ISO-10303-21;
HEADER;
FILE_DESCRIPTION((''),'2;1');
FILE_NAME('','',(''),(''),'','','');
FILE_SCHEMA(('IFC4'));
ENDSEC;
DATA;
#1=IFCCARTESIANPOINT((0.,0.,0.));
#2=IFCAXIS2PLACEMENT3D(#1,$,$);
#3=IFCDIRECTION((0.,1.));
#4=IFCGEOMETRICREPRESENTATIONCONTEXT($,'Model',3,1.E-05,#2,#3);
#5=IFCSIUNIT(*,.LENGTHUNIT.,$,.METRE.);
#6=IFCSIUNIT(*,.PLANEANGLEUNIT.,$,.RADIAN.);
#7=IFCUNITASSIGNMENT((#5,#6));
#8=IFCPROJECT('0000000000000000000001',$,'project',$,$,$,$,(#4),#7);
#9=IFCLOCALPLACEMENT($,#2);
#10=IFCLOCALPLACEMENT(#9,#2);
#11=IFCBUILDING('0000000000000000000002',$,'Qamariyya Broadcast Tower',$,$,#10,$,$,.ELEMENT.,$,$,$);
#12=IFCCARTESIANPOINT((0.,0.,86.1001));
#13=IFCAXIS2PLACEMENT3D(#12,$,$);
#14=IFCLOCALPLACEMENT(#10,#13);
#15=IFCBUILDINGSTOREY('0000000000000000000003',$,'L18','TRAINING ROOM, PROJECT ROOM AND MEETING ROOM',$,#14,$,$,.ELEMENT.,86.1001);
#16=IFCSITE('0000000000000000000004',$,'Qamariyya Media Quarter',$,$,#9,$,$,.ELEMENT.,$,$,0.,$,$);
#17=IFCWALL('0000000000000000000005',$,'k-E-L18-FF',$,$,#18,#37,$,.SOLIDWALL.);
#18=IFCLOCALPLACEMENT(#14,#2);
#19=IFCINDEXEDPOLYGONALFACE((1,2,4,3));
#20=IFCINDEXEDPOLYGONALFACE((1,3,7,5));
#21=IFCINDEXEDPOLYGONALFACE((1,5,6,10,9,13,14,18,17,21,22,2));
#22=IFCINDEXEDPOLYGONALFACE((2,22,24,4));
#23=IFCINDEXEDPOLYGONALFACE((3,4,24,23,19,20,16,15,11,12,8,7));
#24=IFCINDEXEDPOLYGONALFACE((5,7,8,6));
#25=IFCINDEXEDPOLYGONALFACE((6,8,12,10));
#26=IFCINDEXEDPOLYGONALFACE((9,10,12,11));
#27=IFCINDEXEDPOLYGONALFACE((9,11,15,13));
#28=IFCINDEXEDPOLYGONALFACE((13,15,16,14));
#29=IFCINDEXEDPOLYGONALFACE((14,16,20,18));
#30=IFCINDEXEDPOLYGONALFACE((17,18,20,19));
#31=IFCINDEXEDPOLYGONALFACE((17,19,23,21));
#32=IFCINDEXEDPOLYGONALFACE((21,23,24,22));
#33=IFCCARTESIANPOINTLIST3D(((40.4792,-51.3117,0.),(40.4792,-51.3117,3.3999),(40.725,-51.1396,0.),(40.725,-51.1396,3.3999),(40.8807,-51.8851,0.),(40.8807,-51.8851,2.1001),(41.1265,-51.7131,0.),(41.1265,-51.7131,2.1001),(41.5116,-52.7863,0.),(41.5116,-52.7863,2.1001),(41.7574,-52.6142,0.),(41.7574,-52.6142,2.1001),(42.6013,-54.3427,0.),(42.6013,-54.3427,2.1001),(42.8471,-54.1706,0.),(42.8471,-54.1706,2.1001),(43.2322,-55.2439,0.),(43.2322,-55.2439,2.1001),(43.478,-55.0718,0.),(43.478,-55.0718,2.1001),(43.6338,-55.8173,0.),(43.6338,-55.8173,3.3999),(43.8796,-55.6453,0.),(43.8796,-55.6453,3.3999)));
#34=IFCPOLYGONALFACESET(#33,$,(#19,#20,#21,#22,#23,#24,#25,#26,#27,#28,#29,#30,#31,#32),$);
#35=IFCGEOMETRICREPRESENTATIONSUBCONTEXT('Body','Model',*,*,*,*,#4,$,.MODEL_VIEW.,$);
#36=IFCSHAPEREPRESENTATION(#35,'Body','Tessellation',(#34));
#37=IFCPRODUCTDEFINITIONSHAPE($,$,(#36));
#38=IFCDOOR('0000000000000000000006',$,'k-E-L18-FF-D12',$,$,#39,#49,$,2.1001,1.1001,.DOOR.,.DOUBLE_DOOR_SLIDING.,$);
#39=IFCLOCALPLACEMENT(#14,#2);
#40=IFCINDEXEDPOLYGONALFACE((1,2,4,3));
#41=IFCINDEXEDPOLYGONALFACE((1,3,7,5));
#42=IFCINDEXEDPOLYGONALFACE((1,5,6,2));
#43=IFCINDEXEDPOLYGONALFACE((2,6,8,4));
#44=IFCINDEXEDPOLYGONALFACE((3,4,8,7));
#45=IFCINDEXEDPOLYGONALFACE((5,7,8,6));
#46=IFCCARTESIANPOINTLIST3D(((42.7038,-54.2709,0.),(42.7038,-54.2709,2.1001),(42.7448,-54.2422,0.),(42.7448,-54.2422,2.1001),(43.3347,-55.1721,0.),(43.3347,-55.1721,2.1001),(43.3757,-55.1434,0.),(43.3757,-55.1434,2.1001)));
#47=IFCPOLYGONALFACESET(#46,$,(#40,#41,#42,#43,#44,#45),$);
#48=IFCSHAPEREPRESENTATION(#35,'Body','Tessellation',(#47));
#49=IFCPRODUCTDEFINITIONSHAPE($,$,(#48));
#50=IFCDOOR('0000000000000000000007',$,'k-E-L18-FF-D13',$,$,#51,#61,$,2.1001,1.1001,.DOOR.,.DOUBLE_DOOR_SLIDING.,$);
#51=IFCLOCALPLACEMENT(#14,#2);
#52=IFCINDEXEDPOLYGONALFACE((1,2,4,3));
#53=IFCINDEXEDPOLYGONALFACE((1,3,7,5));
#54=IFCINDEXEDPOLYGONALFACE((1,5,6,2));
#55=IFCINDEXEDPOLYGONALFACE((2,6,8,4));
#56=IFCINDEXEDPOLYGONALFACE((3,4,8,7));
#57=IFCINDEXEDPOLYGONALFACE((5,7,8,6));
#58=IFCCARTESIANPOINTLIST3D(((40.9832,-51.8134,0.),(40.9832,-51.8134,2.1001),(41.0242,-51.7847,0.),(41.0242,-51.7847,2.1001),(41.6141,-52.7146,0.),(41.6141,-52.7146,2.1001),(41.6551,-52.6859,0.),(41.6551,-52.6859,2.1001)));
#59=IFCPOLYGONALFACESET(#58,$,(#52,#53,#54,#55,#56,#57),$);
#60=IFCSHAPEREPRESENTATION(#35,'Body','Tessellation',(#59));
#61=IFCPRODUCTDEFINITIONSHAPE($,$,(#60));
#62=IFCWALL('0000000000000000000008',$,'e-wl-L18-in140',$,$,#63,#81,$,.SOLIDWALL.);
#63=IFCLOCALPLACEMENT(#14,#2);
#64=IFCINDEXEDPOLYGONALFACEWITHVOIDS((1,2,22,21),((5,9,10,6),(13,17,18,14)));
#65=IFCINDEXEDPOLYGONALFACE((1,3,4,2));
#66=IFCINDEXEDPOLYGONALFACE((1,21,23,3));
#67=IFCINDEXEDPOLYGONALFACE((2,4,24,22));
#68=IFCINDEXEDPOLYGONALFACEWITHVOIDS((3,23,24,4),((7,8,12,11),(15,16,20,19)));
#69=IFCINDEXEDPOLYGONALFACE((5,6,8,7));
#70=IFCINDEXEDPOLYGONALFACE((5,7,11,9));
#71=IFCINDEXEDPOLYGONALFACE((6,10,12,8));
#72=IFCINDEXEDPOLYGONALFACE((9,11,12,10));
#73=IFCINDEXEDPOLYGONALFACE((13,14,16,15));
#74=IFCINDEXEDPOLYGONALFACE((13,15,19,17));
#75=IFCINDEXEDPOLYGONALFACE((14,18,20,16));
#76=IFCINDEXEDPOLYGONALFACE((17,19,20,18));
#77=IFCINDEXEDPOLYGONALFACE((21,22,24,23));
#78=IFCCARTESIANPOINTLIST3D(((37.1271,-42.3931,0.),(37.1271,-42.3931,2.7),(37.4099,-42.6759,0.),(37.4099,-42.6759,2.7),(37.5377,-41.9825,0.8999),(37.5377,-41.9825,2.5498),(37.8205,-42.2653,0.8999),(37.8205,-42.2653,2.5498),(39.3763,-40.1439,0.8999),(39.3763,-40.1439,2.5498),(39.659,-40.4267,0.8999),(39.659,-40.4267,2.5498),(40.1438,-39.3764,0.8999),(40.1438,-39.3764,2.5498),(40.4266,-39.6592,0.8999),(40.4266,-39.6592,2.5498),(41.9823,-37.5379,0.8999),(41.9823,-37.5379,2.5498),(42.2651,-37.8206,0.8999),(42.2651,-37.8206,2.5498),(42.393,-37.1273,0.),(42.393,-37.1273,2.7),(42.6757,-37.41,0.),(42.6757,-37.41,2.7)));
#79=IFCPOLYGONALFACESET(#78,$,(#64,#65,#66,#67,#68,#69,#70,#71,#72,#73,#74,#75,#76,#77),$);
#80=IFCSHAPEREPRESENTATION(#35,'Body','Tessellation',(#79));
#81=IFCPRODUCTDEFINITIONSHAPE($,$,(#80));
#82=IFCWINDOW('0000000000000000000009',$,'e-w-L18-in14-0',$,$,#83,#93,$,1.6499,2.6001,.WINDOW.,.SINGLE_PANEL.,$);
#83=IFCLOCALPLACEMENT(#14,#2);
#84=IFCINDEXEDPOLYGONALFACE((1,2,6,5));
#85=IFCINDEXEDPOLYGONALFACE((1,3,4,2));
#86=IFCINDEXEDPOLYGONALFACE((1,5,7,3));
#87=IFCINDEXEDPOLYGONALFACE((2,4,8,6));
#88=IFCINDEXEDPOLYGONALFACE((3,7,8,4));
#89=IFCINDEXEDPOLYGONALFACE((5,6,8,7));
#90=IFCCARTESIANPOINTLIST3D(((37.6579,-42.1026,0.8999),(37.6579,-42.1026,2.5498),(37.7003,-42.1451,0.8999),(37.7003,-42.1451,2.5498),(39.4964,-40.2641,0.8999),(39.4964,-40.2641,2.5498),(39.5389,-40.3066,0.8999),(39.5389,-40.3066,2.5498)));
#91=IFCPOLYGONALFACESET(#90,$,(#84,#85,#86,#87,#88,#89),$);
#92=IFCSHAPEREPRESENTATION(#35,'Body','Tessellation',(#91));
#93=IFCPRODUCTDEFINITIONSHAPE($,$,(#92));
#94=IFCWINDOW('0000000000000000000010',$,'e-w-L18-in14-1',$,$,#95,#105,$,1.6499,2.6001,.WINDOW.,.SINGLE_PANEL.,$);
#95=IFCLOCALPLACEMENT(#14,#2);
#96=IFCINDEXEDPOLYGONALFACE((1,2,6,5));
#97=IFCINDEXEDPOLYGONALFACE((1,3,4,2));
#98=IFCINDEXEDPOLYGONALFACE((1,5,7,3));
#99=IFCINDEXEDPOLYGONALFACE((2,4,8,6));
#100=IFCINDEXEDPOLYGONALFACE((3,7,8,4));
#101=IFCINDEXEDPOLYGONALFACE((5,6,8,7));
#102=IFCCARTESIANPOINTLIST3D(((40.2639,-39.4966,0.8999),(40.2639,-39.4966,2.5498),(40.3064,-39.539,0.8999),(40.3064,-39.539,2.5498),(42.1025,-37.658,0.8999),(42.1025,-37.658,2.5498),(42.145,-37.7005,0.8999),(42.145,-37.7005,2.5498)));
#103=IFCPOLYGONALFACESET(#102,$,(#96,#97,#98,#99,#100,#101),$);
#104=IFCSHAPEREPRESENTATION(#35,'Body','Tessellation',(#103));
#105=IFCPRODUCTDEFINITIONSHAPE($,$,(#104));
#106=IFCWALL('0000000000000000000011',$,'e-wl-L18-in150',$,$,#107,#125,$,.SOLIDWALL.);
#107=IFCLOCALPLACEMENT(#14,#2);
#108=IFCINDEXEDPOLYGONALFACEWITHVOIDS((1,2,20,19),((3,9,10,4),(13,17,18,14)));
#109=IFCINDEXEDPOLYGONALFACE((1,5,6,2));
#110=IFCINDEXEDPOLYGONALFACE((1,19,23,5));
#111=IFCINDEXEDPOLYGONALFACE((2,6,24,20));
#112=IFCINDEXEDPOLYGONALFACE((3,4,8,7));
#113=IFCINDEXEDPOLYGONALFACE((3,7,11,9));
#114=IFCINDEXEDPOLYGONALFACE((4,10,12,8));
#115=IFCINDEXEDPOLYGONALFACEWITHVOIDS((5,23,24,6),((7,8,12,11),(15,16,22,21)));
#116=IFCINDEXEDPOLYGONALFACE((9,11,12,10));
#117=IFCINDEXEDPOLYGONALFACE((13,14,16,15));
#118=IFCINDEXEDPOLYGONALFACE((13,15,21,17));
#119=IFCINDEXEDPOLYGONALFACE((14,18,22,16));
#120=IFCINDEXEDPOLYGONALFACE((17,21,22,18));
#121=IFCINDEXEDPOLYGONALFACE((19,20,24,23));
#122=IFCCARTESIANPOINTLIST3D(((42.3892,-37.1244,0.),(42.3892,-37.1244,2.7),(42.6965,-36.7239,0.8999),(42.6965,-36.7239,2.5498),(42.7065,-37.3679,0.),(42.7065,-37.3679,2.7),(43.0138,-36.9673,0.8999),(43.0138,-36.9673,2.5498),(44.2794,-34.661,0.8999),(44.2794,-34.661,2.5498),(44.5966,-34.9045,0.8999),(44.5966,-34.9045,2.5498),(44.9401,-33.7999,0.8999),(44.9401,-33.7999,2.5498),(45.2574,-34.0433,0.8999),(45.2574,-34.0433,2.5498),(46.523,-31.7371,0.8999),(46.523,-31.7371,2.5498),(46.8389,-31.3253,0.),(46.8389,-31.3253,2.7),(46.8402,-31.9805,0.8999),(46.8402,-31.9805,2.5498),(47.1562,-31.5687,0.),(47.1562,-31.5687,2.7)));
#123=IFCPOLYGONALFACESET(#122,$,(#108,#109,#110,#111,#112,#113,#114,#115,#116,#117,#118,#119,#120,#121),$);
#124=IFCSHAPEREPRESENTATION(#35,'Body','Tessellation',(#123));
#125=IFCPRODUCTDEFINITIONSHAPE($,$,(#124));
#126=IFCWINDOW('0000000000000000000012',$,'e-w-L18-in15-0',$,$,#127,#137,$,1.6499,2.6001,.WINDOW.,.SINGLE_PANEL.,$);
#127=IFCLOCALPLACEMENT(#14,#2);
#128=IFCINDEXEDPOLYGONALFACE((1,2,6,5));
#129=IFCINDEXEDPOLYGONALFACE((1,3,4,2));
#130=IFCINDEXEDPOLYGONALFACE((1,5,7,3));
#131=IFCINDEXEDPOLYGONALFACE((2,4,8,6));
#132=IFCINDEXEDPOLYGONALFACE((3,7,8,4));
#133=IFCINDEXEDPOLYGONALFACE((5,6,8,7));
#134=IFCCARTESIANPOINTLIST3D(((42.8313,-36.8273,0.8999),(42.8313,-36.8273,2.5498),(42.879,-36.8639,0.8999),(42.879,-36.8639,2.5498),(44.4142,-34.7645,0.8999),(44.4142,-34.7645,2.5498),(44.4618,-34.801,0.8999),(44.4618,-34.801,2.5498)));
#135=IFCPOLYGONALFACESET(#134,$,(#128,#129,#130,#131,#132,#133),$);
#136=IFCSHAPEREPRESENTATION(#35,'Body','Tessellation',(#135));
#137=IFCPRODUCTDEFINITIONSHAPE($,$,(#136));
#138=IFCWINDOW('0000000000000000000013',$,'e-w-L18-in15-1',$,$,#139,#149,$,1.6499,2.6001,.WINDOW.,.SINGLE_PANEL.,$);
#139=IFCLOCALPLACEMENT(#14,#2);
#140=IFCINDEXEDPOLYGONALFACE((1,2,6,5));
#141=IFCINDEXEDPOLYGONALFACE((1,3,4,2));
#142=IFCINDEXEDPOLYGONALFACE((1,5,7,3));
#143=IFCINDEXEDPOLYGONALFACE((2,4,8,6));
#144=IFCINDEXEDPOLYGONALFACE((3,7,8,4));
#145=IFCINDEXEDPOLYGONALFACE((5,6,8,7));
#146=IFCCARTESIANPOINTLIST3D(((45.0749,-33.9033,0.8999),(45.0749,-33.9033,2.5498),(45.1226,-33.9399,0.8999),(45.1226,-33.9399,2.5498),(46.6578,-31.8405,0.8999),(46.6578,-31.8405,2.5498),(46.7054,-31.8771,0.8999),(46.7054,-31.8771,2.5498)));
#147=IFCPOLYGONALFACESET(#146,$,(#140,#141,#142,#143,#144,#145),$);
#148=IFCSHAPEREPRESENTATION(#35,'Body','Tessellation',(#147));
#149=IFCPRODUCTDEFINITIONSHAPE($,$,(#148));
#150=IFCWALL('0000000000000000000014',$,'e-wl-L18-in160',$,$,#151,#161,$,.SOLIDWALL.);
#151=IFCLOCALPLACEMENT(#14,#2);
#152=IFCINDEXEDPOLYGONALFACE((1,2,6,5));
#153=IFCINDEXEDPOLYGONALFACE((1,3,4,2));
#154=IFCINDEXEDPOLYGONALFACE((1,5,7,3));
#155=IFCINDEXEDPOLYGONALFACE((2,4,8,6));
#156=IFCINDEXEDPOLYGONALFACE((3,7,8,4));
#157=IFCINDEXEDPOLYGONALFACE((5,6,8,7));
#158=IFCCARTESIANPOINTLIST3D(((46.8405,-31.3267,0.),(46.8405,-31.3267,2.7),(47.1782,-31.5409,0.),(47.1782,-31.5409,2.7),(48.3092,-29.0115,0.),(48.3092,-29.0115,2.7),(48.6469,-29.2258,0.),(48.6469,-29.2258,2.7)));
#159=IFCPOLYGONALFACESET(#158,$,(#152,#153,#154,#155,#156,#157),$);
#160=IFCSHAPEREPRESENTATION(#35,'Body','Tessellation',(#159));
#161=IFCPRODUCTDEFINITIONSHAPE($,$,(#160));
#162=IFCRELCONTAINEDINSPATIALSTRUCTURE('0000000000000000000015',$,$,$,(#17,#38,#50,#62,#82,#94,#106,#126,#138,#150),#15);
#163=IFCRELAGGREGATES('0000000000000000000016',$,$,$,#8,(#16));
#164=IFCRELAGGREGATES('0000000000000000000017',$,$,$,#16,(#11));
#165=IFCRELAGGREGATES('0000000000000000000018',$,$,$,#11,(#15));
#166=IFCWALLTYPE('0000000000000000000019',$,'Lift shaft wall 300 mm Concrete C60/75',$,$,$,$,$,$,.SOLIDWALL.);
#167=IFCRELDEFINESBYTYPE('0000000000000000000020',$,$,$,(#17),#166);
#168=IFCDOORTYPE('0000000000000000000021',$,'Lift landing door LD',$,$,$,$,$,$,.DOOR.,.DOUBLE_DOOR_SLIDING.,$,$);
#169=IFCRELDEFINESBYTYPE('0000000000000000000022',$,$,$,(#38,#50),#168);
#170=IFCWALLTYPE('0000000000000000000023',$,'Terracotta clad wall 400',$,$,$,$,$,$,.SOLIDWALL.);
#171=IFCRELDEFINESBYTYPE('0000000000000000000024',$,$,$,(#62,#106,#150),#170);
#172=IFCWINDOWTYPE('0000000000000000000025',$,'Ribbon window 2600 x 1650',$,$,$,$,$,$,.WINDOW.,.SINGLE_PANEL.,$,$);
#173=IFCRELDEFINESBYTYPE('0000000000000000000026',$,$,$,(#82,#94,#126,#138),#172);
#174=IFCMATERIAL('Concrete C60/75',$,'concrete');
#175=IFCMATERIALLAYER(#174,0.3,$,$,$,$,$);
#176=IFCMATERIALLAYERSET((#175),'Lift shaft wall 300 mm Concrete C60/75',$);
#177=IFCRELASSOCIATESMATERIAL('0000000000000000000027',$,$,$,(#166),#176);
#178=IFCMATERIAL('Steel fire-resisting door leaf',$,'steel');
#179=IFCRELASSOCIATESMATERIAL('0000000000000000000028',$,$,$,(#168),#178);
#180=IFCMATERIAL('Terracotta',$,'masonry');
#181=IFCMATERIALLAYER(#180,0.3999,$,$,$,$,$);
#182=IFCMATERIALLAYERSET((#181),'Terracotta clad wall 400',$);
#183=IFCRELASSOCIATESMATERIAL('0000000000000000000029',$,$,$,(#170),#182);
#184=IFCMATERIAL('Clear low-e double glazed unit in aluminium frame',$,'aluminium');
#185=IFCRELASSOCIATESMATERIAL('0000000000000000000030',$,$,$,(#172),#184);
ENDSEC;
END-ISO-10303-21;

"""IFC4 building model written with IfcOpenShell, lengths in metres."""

from ifc_helpers import new_model, si_unit, direction, frame, frame_2d, origin, place, context, subcontext, project, spatial, rectangle, extrude, material, layer, layer_set, type_object, element, fill, save


model = new_model("IFC4")

# Units and contexts
model_context = context("Model", 3, precision=1e-05, world=origin(), true_north=direction((0.0, 1.0)))
body_context = subcontext(model_context, "Body", "Model", "MODEL_VIEW")
ifc_project = project(units=[si_unit("LENGTHUNIT", "METRE"), si_unit("PLANEANGLEUNIT", "RADIAN")], contexts=[model_context])

# Site, building, storey
site_placement = place(None, origin())
site = spatial("IfcSite", under=ifc_project, at=site_placement, Name="Qamariyya Media Quarter", CompositionType="ELEMENT", RefElevation=0.0)
building_placement = place(site_placement, origin())
building = spatial("IfcBuilding", under=site, at=building_placement, Name="Qamariyya Broadcast Tower", CompositionType="ELEMENT")
storey_placement = place(building_placement, frame((0.0, 0.0, 86.1001)))
storey = spatial("IfcBuildingStorey", under=building, at=storey_placement, Name="L18", Description="TRAINING ROOM, PROJECT ROOM AND MEETING ROOM", CompositionType="ELEMENT", Elevation=86.1001)

# Shared definitions
ifc_material_1 = material(Name="Concrete C60/75", Category="concrete")

# Wall, openings, doors
ifc_layer_1 = layer(ifc_material_1, 0.3)
ifc_layer_set_1 = layer_set([ifc_layer_1], Name="Lift shaft wall 300 mm Concrete C60/75")
wall_type_1 = type_object("IfcWallType", Name="Lift shaft wall 300 mm Concrete C60/75", PredefinedType="SOLIDWALL", material=ifc_layer_set_1)
wall_1_placement = place(storey_placement, frame((43.7566, -55.7312, 0.0), z_axis=(0.0, 0.0, 1.0), x_axis=(-0.573537, 0.81918, 0.0)))
wall_1 = element("IfcWall", 1, at=wall_1_placement, inside=storey, type_object=wall_type_1, Name="k-E-L18-FF", PredefinedType="SOLIDWALL", context=body_context, shape_type="SweptSolid", body=[
    extrude(rectangle(XDim=5.5002, YDim=0.3, at=frame_2d((2.75, 0.0))), origin(), (0.0, 0.0, 1.0), 3.3999),
])
opening_1_placement = place(wall_1_placement, frame((0.7, 0.0, 0.0)))
opening_1 = element("IfcOpeningElement", 2, at=opening_1_placement, cuts=wall_1, PredefinedType="OPENING", context=body_context, shape_type="SweptSolid", body=[
    extrude(rectangle(XDim=1.1001, YDim=2.1001, at=frame_2d((0.55, 1.05))), frame((0.0, 0.1599, 0.0), z_axis=(0.0, -1.0, 0.0), x_axis=(1.0, 0.0, 0.0)), (0.0, 0.0, 1.0), 0.3201),
])
opening_2_placement = place(wall_1_placement, frame((3.7, 0.0, 0.0)))
opening_2 = element("IfcOpeningElement", 3, at=opening_2_placement, cuts=wall_1, PredefinedType="OPENING", context=body_context, shape_type="SweptSolid", body=[
    extrude(rectangle(XDim=1.1001, YDim=2.1001, at=frame_2d((0.55, 1.05))), frame((0.0, 0.1599, 0.0), z_axis=(0.0, -1.0, 0.0), x_axis=(1.0, 0.0, 0.0)), (0.0, 0.0, 1.0), 0.3201),
])
ifc_material_2 = material(Name="Steel fire-resisting door leaf", Category="steel")
door_type_1 = type_object("IfcDoorType", Name="Lift landing door LD", OperationType="DOUBLE_DOOR_SLIDING", PredefinedType="DOOR", material=ifc_material_2)
door_1_placement = place(opening_1_placement, origin())
door_1 = element("IfcDoor", 4, at=door_1_placement, inside=storey, type_object=door_type_1, Name="k-E-L18-FF-D12", OperationType="DOUBLE_DOOR_SLIDING", OverallHeight=2.1001, OverallWidth=1.1001, PredefinedType="DOOR", context=body_context, shape_type="SweptSolid", body=[
    extrude(rectangle(XDim=1.1001, YDim=2.1001, at=frame_2d((0.55, 1.05))), frame((0.0, 0.0249, 0.0), z_axis=(0.0, -1.0, 0.0), x_axis=(1.0, 0.0, 0.0)), (0.0, 0.0, 1.0), 0.05),
])
fill(opening_1, door_1)
door_2_placement = place(opening_2_placement, origin())
door_2 = element("IfcDoor", 5, at=door_2_placement, inside=storey, type_object=door_type_1, Name="k-E-L18-FF-D13", OperationType="DOUBLE_DOOR_SLIDING", OverallHeight=2.1001, OverallWidth=1.1001, PredefinedType="DOOR", context=body_context, shape_type="SweptSolid", body=[
    extrude(rectangle(XDim=1.1001, YDim=2.1001, at=frame_2d((0.55, 1.05))), frame((0.0, 0.0249, 0.0), z_axis=(0.0, -1.0, 0.0), x_axis=(1.0, 0.0, 0.0)), (0.0, 0.0, 1.0), 0.05),
])
fill(opening_2, door_2)

# Walls, openings, windows
ifc_material_3 = material(Name="Terracotta", Category="masonry")
ifc_layer_2 = layer(ifc_material_3, 0.3999)
ifc_layer_set_2 = layer_set([ifc_layer_2], Name="Terracotta clad wall 400")
wall_type_2 = type_object("IfcWallType", Name="Terracotta clad wall 400", PredefinedType="SOLIDWALL", material=ifc_layer_set_2)
wall_2_placement = place(storey_placement, frame((42.5344, -37.2686, 0.0), z_axis=(0.0, 0.0, 1.0), x_axis=(-0.707107, -0.707107, 0.0)))
wall_2 = element("IfcWall", 6, at=wall_2_placement, inside=storey, type_object=wall_type_2, Name="e-wl-L18-in140", PredefinedType="SOLIDWALL", context=body_context, shape_type="SweptSolid", body=[
    extrude(rectangle(XDim=7.447, YDim=0.3999, at=frame_2d((3.7236, 0.0))), origin(), (0.0, 0.0, 1.0), 2.7),
])
opening_3_placement = place(wall_2_placement, frame((4.2664, 0.0, 0.8999)))
opening_3 = element("IfcOpeningElement", 7, at=opening_3_placement, cuts=wall_2, PredefinedType="OPENING", context=body_context, shape_type="SweptSolid", body=[
    extrude(rectangle(XDim=2.6001, YDim=1.6499, at=frame_2d((1.3, 0.825))), frame((0.0, 0.21, 0.0), z_axis=(0.0, -1.0, 0.0), x_axis=(1.0, 0.0, 0.0)), (0.0, 0.0, 1.0), 0.4199),
])
opening_4_placement = place(wall_2_placement, frame((0.5808, 0.0, 0.8999)))
opening_4 = element("IfcOpeningElement", 8, at=opening_4_placement, cuts=wall_2, PredefinedType="OPENING", context=body_context, shape_type="SweptSolid", body=[
    extrude(rectangle(XDim=2.6001, YDim=1.6499, at=frame_2d((1.3, 0.825))), frame((0.0, 0.21, 0.0), z_axis=(0.0, -1.0, 0.0), x_axis=(1.0, 0.0, 0.0)), (0.0, 0.0, 1.0), 0.4199),
])
ifc_material_4 = material(Name="Clear low-e double glazed unit in aluminium frame", Category="aluminium")
window_type = type_object("IfcWindowType", Name="Ribbon window 2600 x 1650", PartitioningType="SINGLE_PANEL", PredefinedType="WINDOW", material=ifc_material_4)
window_1_placement = place(opening_3_placement, origin())
window_1 = element("IfcWindow", 9, at=window_1_placement, inside=storey, type_object=window_type, Name="e-w-L18-in14-0", OverallHeight=1.6499, OverallWidth=2.6001, PartitioningType="SINGLE_PANEL", PredefinedType="WINDOW", context=body_context, shape_type="SweptSolid", body=[
    extrude(rectangle(XDim=2.6001, YDim=1.6499, at=frame_2d((1.3, 0.825))), frame((0.0, 0.03, 0.0), z_axis=(0.0, -1.0, 0.0), x_axis=(1.0, 0.0, 0.0)), (0.0, 0.0, 1.0), 0.0601),
])
fill(opening_3, window_1)
window_2_placement = place(opening_4_placement, origin())
window_2 = element("IfcWindow", 10, at=window_2_placement, inside=storey, type_object=window_type, Name="e-w-L18-in14-1", OverallHeight=1.6499, OverallWidth=2.6001, PartitioningType="SINGLE_PANEL", PredefinedType="WINDOW", context=body_context, shape_type="SweptSolid", body=[
    extrude(rectangle(XDim=2.6001, YDim=1.6499, at=frame_2d((1.3, 0.825))), frame((0.0, 0.03, 0.0), z_axis=(0.0, -1.0, 0.0), x_axis=(1.0, 0.0, 0.0)), (0.0, 0.0, 1.0), 0.0601),
])
fill(opening_4, window_2)
wall_3_placement = place(storey_placement, frame((46.9976, -31.447, 0.0), z_axis=(0.0, 0.0, 1.0), x_axis=(-0.608755, -0.793358, 0.0)))
wall_3 = element("IfcWall", 11, at=wall_3_placement, inside=storey, type_object=wall_type_2, Name="e-wl-L18-in150", PredefinedType="SOLIDWALL", context=body_context, shape_type="SweptSolid", body=[
    extrude(rectangle(XDim=7.3096, YDim=0.3999, at=frame_2d((3.6548, 0.0))), origin(), (0.0, 0.0, 1.0), 2.7),
])
opening_5_placement = place(wall_3_placement, frame((4.2046, 0.0, 0.8999)))
opening_5 = element("IfcOpeningElement", 12, at=opening_5_placement, cuts=wall_3, PredefinedType="OPENING", context=body_context, shape_type="SweptSolid", body=[
    extrude(rectangle(XDim=2.6001, YDim=1.6499, at=frame_2d((1.3, 0.825))), frame((0.0, 0.21, 0.0), z_axis=(0.0, -1.0, 0.0), x_axis=(1.0, 0.0, 0.0)), (0.0, 0.0, 1.0), 0.4199),
])
opening_6_placement = place(wall_3_placement, frame((0.519, 0.0, 0.8999)))
opening_6 = element("IfcOpeningElement", 13, at=opening_6_placement, cuts=wall_3, PredefinedType="OPENING", context=body_context, shape_type="SweptSolid", body=[
    extrude(rectangle(XDim=2.6001, YDim=1.6499, at=frame_2d((1.3, 0.825))), frame((0.0, 0.21, 0.0), z_axis=(0.0, -1.0, 0.0), x_axis=(1.0, 0.0, 0.0)), (0.0, 0.0, 1.0), 0.4199),
])
window_3_placement = place(opening_5_placement, origin())
window_3 = element("IfcWindow", 14, at=window_3_placement, inside=storey, type_object=window_type, Name="e-w-L18-in15-0", OverallHeight=1.6499, OverallWidth=2.6001, PartitioningType="SINGLE_PANEL", PredefinedType="WINDOW", context=body_context, shape_type="SweptSolid", body=[
    extrude(rectangle(XDim=2.6001, YDim=1.6499, at=frame_2d((1.3, 0.825))), frame((0.0, 0.03, 0.0), z_axis=(0.0, -1.0, 0.0), x_axis=(1.0, 0.0, 0.0)), (0.0, 0.0, 1.0), 0.0601),
])
fill(opening_5, window_3)
window_4_placement = place(opening_6_placement, origin())
window_4 = element("IfcWindow", 15, at=window_4_placement, inside=storey, type_object=window_type, Name="e-w-L18-in15-1", OverallHeight=1.6499, OverallWidth=2.6001, PartitioningType="SINGLE_PANEL", PredefinedType="WINDOW", context=body_context, shape_type="SweptSolid", body=[
    extrude(rectangle(XDim=2.6001, YDim=1.6499, at=frame_2d((1.3, 0.825))), frame((0.0, 0.03, 0.0), z_axis=(0.0, -1.0, 0.0), x_axis=(1.0, 0.0, 0.0)), (0.0, 0.0, 1.0), 0.0601),
])
fill(opening_6, window_4)

# Wall
wall_4_placement = place(storey_placement, frame((48.478, -29.1187, 0.0), z_axis=(0.0, 0.0, 1.0), x_axis=(-0.535694, -0.844412, 0.0)))
element("IfcWall", 16, at=wall_4_placement, inside=storey, type_object=wall_type_2, Name="e-wl-L18-in160", PredefinedType="SOLIDWALL", context=body_context, shape_type="SweptSolid", body=[
    extrude(rectangle(XDim=2.7417, YDim=0.3999, at=frame_2d((1.3708, 0.0))), origin(), (0.0, 0.0, 1.0), 2.7),
])

save(model, "model.ifc")
